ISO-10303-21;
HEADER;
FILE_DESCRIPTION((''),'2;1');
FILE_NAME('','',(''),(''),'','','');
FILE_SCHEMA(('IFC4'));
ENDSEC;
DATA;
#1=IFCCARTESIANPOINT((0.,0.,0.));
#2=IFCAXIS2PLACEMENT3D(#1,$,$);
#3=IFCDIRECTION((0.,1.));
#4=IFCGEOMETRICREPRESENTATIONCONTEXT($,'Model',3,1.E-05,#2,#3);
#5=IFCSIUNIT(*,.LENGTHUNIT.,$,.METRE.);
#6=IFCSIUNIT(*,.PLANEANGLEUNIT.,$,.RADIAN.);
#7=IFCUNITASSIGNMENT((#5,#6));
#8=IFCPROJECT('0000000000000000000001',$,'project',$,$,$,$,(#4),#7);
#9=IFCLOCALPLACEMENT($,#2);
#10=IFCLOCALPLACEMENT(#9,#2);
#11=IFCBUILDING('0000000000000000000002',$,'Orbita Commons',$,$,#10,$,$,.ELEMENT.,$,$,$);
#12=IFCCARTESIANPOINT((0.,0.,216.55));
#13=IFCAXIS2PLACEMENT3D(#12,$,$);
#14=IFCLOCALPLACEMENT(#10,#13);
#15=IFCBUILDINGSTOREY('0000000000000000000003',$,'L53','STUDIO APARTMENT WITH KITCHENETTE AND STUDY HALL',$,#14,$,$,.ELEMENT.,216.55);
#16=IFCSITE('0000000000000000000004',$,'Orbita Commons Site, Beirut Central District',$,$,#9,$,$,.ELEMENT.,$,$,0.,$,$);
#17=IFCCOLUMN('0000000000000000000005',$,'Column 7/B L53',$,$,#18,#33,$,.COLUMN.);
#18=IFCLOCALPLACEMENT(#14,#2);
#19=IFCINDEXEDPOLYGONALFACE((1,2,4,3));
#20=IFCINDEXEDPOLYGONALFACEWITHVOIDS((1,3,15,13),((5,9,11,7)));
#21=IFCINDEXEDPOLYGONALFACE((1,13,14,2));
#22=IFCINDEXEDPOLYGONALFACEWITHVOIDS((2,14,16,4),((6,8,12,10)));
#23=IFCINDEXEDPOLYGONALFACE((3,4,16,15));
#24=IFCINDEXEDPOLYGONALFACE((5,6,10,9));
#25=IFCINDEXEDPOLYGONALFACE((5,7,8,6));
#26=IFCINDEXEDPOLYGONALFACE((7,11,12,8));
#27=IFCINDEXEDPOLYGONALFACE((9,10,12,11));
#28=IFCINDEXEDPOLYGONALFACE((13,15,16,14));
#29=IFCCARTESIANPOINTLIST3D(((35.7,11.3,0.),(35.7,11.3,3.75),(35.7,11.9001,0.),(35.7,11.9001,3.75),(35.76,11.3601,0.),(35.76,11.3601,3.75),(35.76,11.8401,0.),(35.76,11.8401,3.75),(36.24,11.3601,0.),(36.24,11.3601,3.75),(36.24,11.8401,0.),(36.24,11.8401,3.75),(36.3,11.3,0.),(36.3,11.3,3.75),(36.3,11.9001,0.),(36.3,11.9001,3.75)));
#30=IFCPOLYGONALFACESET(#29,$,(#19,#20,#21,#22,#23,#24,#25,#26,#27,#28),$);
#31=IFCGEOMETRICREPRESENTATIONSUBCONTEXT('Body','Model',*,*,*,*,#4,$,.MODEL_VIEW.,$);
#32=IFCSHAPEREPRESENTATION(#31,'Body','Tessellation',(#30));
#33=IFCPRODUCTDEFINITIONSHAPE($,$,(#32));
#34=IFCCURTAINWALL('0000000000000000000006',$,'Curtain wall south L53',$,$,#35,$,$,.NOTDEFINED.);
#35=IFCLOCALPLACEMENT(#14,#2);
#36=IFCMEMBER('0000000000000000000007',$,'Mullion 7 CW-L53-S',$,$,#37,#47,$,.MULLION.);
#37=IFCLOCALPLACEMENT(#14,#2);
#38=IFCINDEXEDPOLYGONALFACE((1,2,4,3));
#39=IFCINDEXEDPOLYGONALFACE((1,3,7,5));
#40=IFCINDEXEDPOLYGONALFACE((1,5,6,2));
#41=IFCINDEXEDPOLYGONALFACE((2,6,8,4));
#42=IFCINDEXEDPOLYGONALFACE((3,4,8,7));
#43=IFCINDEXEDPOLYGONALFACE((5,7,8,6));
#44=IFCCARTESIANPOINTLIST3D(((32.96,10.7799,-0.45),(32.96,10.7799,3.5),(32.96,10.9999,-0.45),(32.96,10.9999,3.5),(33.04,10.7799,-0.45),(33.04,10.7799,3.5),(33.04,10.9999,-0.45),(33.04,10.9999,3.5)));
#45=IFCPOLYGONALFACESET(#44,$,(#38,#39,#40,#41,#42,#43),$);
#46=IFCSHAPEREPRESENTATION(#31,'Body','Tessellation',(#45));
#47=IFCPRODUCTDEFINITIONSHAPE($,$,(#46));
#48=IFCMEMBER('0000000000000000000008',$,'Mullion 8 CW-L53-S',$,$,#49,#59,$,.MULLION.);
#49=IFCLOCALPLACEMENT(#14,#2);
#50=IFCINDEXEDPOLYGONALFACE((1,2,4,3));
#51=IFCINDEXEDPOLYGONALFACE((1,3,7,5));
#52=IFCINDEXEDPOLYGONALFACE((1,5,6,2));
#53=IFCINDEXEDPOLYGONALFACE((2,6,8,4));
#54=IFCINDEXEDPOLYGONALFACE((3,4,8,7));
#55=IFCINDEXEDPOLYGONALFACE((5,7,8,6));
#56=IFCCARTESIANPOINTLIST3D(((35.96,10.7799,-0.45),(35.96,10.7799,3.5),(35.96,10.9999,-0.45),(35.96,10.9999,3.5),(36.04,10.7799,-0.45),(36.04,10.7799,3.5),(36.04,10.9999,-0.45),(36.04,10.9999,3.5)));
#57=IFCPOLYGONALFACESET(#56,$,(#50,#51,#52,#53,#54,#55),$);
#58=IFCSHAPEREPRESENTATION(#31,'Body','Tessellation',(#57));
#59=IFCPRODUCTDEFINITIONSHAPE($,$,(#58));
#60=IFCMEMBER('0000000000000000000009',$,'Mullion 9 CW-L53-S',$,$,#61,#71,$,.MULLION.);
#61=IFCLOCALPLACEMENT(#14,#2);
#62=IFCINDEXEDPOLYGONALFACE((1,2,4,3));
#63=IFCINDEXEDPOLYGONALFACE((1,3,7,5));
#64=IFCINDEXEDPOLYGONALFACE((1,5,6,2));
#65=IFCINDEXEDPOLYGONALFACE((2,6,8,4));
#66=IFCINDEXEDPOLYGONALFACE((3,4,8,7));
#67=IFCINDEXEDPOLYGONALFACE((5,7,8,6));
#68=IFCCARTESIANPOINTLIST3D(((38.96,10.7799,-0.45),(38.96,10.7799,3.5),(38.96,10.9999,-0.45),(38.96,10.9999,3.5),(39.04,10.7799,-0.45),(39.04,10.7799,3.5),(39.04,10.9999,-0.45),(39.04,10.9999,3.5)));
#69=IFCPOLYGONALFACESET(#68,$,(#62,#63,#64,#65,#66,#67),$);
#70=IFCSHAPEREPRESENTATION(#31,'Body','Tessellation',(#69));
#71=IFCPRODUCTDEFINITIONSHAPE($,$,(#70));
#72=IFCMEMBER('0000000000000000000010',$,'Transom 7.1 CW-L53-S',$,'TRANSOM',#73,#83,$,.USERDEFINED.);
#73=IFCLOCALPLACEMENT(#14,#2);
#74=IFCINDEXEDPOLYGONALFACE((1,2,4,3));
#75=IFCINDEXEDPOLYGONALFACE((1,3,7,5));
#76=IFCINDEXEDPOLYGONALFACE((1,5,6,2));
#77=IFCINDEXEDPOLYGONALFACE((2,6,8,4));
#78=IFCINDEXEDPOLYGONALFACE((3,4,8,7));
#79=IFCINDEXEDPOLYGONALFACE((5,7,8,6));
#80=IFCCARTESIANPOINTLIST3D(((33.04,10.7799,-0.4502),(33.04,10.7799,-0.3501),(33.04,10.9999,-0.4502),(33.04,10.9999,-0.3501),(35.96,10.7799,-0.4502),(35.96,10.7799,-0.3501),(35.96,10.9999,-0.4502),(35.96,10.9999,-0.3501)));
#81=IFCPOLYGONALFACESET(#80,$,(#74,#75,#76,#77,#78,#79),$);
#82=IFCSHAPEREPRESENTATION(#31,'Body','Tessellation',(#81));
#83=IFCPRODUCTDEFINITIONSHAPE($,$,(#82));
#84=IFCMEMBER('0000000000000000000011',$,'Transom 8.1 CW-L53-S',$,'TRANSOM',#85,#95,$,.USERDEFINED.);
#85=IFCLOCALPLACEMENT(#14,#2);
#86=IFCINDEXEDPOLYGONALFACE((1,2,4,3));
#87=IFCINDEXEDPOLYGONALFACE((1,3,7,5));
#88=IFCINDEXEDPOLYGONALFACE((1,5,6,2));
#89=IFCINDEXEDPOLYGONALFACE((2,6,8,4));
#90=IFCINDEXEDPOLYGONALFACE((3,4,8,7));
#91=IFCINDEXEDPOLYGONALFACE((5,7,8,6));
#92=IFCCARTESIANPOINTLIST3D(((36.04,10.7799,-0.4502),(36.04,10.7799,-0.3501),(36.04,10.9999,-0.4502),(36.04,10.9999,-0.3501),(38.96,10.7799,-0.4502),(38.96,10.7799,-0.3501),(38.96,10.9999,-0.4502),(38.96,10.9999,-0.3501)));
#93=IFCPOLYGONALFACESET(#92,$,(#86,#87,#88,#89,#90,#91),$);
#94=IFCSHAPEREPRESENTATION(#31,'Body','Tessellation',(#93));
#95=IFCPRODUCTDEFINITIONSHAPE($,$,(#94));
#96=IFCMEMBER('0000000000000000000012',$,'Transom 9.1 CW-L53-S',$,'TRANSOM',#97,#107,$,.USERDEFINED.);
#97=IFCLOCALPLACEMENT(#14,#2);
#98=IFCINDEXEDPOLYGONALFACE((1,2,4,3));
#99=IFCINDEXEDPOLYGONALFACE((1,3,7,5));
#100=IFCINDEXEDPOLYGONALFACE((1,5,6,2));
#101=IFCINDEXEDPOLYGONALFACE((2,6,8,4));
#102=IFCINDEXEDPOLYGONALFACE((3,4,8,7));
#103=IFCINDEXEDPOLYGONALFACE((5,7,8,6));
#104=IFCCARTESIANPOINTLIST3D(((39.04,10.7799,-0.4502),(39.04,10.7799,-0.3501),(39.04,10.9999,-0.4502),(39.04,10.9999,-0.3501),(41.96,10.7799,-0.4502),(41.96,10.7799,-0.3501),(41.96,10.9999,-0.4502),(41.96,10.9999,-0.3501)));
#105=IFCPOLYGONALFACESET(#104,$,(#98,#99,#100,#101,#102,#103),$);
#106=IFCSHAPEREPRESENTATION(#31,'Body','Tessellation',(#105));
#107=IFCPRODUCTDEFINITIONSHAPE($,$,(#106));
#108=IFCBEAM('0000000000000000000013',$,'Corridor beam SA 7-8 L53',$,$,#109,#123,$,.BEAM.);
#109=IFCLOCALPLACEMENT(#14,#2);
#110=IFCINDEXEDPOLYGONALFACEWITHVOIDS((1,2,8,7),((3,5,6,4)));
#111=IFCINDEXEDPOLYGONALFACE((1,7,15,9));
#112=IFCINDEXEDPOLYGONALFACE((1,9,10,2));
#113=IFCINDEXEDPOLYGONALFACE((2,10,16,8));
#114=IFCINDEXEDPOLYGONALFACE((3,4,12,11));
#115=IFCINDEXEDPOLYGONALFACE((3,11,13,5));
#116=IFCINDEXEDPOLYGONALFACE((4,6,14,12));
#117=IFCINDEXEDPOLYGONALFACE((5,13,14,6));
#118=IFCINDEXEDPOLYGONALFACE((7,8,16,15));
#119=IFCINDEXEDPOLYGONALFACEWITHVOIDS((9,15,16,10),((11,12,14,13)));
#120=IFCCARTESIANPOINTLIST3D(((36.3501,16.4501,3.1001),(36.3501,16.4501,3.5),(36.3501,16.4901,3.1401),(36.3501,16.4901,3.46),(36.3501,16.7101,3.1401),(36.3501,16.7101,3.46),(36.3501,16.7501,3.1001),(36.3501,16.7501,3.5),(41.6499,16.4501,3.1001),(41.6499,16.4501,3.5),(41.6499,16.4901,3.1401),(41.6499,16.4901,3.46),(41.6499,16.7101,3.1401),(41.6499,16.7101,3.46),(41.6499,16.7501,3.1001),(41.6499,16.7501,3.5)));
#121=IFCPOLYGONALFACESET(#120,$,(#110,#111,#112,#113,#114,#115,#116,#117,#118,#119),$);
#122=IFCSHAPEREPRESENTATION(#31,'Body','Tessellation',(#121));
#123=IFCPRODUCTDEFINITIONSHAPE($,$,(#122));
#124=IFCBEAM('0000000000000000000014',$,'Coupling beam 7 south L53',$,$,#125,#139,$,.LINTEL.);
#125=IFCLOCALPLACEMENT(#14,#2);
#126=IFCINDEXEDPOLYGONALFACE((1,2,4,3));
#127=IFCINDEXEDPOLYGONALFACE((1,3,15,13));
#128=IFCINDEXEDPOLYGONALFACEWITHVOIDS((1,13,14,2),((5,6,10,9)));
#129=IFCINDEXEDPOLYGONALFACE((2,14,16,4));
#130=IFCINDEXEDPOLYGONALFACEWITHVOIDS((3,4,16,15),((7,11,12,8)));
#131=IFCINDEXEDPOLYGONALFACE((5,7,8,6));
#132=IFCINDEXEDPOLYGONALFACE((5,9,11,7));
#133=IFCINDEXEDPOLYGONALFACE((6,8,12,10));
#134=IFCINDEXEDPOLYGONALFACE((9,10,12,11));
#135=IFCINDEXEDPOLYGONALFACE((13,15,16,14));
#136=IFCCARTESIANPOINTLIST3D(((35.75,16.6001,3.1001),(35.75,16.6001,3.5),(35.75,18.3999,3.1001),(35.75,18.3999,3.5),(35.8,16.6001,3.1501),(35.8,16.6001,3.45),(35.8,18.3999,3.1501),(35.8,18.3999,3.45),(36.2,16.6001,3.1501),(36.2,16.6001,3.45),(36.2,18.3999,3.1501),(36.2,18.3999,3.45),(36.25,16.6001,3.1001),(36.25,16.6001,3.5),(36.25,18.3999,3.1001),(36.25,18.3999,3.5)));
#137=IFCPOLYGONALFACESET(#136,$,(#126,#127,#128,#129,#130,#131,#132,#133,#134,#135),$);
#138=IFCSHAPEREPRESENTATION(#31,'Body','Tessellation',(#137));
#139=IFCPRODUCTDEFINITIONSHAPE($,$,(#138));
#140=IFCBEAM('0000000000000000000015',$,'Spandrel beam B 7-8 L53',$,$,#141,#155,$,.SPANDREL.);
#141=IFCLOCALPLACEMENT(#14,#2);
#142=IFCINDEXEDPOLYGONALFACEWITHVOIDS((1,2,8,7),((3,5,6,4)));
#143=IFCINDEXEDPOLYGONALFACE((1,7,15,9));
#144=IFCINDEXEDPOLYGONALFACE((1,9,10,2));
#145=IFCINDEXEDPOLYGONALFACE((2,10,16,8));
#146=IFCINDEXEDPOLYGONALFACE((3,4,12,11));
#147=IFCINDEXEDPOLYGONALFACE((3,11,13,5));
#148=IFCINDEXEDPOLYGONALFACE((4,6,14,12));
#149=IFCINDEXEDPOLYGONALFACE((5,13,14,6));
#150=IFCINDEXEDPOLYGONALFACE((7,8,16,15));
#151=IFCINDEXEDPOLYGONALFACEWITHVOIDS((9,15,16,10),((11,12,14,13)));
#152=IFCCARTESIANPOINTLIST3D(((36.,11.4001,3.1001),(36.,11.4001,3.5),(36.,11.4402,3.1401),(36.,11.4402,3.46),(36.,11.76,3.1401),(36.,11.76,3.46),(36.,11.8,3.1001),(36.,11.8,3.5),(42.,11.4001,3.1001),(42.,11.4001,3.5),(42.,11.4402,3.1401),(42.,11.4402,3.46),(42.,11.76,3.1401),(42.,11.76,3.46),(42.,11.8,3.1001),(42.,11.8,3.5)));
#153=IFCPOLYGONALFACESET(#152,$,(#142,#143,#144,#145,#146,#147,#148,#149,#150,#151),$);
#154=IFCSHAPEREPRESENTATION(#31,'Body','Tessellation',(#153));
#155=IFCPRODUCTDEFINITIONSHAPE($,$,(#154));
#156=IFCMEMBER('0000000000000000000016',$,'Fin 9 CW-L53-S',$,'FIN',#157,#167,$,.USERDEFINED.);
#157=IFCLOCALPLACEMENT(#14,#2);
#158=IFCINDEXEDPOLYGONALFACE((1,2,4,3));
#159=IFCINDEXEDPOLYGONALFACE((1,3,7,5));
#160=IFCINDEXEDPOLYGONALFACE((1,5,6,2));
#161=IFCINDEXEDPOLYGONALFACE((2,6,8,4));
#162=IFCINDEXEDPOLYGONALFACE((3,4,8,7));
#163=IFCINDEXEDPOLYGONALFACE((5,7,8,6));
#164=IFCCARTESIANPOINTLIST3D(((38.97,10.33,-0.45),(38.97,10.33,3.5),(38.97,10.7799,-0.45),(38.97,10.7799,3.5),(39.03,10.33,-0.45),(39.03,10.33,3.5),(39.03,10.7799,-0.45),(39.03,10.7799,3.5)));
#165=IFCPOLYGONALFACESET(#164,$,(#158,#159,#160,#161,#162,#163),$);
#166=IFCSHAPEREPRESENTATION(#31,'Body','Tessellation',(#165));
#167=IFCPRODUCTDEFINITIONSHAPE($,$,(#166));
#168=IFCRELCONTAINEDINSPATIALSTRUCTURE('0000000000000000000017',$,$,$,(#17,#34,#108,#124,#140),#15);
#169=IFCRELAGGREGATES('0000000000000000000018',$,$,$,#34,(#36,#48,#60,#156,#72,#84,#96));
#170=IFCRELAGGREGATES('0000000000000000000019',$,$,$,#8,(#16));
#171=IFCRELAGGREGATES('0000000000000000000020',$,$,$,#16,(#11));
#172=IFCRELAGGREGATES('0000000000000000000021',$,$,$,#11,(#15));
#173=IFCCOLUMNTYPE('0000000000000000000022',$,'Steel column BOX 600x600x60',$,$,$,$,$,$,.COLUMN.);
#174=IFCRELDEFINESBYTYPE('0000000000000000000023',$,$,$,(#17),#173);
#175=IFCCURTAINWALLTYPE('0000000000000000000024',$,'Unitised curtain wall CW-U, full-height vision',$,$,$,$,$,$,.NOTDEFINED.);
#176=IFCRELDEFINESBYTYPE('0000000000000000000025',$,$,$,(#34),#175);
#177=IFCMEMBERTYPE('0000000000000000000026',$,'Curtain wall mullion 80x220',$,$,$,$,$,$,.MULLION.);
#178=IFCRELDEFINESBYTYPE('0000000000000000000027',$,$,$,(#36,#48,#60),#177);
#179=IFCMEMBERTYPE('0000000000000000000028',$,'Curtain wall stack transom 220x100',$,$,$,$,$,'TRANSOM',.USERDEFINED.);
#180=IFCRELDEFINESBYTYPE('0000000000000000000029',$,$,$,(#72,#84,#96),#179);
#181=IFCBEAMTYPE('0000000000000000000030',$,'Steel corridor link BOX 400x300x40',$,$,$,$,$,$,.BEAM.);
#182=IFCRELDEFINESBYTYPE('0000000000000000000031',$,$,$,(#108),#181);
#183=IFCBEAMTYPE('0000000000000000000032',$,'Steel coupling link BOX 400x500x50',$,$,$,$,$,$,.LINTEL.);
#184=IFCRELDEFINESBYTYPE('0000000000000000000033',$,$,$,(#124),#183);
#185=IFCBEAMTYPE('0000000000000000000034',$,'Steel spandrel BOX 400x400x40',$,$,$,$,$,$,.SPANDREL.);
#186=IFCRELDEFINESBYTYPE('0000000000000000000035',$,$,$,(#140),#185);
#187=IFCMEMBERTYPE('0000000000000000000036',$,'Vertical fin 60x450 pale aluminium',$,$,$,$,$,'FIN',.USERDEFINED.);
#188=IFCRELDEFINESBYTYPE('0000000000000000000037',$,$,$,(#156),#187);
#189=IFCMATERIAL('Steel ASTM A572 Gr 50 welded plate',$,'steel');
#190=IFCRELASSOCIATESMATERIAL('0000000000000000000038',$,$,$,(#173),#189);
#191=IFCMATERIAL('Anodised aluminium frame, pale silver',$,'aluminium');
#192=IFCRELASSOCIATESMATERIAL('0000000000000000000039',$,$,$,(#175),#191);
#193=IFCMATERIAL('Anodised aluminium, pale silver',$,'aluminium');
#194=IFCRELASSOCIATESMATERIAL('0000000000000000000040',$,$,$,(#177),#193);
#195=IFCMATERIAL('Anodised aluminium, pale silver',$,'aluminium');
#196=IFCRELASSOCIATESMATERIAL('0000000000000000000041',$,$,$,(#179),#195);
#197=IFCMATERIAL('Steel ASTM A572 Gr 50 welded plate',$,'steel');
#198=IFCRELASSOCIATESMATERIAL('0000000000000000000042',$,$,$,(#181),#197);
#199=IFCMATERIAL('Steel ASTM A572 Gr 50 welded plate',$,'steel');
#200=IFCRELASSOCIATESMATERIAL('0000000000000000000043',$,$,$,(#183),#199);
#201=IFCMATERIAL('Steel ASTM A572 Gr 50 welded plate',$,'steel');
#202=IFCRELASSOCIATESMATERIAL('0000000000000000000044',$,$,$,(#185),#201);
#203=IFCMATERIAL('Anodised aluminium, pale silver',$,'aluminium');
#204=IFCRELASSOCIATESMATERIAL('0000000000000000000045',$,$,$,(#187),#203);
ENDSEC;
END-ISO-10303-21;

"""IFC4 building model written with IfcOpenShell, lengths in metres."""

from ifc_helpers import new_model, si_unit, direction, frame, origin, origin_2d, place, context, subcontext, project, spatial, rectangle, hollow_rectangle, extrude, material, material_profile, profile_set, type_object, element, aggregate, save


model = new_model("IFC4")

# Units and contexts
model_context = context("Model", 3, precision=1e-05, world=origin(), true_north=direction((0.0, 1.0)))
body_context = subcontext(model_context, "Body", "Model", "MODEL_VIEW")
ifc_project = project(units=[si_unit("LENGTHUNIT", "METRE"), si_unit("PLANEANGLEUNIT", "RADIAN")], contexts=[model_context])

# Site, building, storey
site_placement = place(None, origin())
site = spatial("IfcSite", under=ifc_project, at=site_placement, Name="Orbita Commons Site, Beirut Central District", CompositionType="ELEMENT", RefElevation=0.0)
building_placement = place(site_placement, origin())
building = spatial("IfcBuilding", under=site, at=building_placement, Name="Orbita Commons", CompositionType="ELEMENT")
storey_placement = place(building_placement, frame((0.0, 0.0, 216.55)))
storey = spatial("IfcBuildingStorey", under=building, at=storey_placement, Name="L53", Description="STUDIO APARTMENT WITH KITCHENETTE AND STUDY HALL", CompositionType="ELEMENT", Elevation=216.55)

# Column
ifc_material_1 = material(Name="Steel ASTM A572 Gr 50 welded plate", Category="steel")
ifc_material_profile_1 = material_profile(ifc_material_1, hollow_rectangle(XDim=0.6001, YDim=0.6001, WallThickness=0.0601, at=origin_2d()), Name="BOX 600x600x60")
ifc_profile_set_1 = profile_set([ifc_material_profile_1], Name="Steel ASTM A572 Gr 50 welded plate")
column_type = type_object("IfcColumnType", Name="Steel column BOX 600x600x60", PredefinedType="COLUMN", material=ifc_profile_set_1)
column_placement = place(storey_placement, frame((36.0, 11.6001, 0.0), z_axis=(0.0, 0.0, 1.0), x_axis=(1.0, 0.0, 0.0)))
element("IfcColumn", 1, at=column_placement, inside=storey, type_object=column_type, Name="Column 7/B L53", PredefinedType="COLUMN", context=body_context, shape_type="SweptSolid", body=[
    extrude(hollow_rectangle(XDim=0.6001, YDim=0.6001, WallThickness=0.0601, at=origin_2d()), origin(), (0.0, 0.0, 1.0), 3.75),
])

# Curtain wall, members
ifc_material_2 = material(Name="Anodised aluminium frame, pale silver", Category="aluminium")
curtain_wall_type = type_object("IfcCurtainWallType", Name="Unitised curtain wall CW-U, full-height vision", PredefinedType="NOTDEFINED", material=ifc_material_2)
curtain_wall_placement = place(storey_placement, origin())
curtain_wall = element("IfcCurtainWall", 2, at=curtain_wall_placement, inside=storey, type_object=curtain_wall_type, Name="Curtain wall south L53", PredefinedType="NOTDEFINED")
ifc_material_3 = material(Name="Anodised aluminium, pale silver", Category="aluminium")
ifc_material_profile_2 = material_profile(ifc_material_3, rectangle(XDim=0.0801, YDim=0.22, at=origin_2d()), Name="AL 80x220")
ifc_profile_set_2 = profile_set([ifc_material_profile_2], Name="Anodised aluminium, pale silver")
member_type_1 = type_object("IfcMemberType", Name="Curtain wall mullion 80x220", PredefinedType="MULLION", material=ifc_profile_set_2)
member_1_placement = place(storey_placement, frame((33.0, 10.8899, -0.45), z_axis=(0.0, 0.0, 1.0), x_axis=(1.0, 0.0, 0.0)))
member_1 = element("IfcMember", 3, at=member_1_placement, type_object=member_type_1, Name="Mullion 7 CW-L53-S", PredefinedType="MULLION", context=body_context, shape_type="SweptSolid", body=[
    extrude(rectangle(XDim=0.0801, YDim=0.22, at=origin_2d()), origin(), (0.0, 0.0, 1.0), 3.95),
])
member_2_placement = place(storey_placement, frame((36.0, 10.8899, -0.45), z_axis=(0.0, 0.0, 1.0), x_axis=(1.0, 0.0, 0.0)))
member_2 = element("IfcMember", 4, at=member_2_placement, type_object=member_type_1, Name="Mullion 8 CW-L53-S", PredefinedType="MULLION", context=body_context, shape_type="SweptSolid", body=[
    extrude(rectangle(XDim=0.0801, YDim=0.22, at=origin_2d()), origin(), (0.0, 0.0, 1.0), 3.95),
])
member_3_placement = place(storey_placement, frame((39.0, 10.8899, -0.45), z_axis=(0.0, 0.0, 1.0), x_axis=(1.0, 0.0, 0.0)))
member_3 = element("IfcMember", 5, at=member_3_placement, type_object=member_type_1, Name="Mullion 9 CW-L53-S", PredefinedType="MULLION", context=body_context, shape_type="SweptSolid", body=[
    extrude(rectangle(XDim=0.0801, YDim=0.22, at=origin_2d()), origin(), (0.0, 0.0, 1.0), 3.95),
])
ifc_material_4 = material(Name="Anodised aluminium, pale silver", Category="aluminium")
ifc_material_profile_3 = material_profile(ifc_material_4, rectangle(XDim=0.22, YDim=0.1001, at=origin_2d()), Name="AL 220x100")
ifc_profile_set_3 = profile_set([ifc_material_profile_3], Name="Anodised aluminium, pale silver")
member_type_2 = type_object("IfcMemberType", Name="Curtain wall stack transom 220x100", ElementType="TRANSOM", PredefinedType="USERDEFINED", material=ifc_profile_set_3)
member_4_placement = place(storey_placement, frame((33.04, 10.8899, -0.4001), z_axis=(1.0, 0.0, 0.0), x_axis=(0.0, 1.0, 0.0)))
member_4 = element("IfcMember", 6, at=member_4_placement, type_object=member_type_2, Name="Transom 7.1 CW-L53-S", ObjectType="TRANSOM", PredefinedType="USERDEFINED", context=body_context, shape_type="SweptSolid", body=[
    extrude(rectangle(XDim=0.22, YDim=0.1001, at=origin_2d()), origin(), (0.0, 0.0, 1.0), 2.9199),
])
member_5_placement = place(storey_placement, frame((36.04, 10.8899, -0.4001), z_axis=(1.0, 0.0, 0.0), x_axis=(0.0, 1.0, 0.0)))
member_5 = element("IfcMember", 7, at=member_5_placement, type_object=member_type_2, Name="Transom 8.1 CW-L53-S", ObjectType="TRANSOM", PredefinedType="USERDEFINED", context=body_context, shape_type="SweptSolid", body=[
    extrude(rectangle(XDim=0.22, YDim=0.1001, at=origin_2d()), origin(), (0.0, 0.0, 1.0), 2.9199),
])
member_6_placement = place(storey_placement, frame((39.04, 10.8899, -0.4001), z_axis=(1.0, 0.0, 0.0), x_axis=(0.0, 1.0, 0.0)))
member_6 = element("IfcMember", 8, at=member_6_placement, type_object=member_type_2, Name="Transom 9.1 CW-L53-S", ObjectType="TRANSOM", PredefinedType="USERDEFINED", context=body_context, shape_type="SweptSolid", body=[
    extrude(rectangle(XDim=0.22, YDim=0.1001, at=origin_2d()), origin(), (0.0, 0.0, 1.0), 2.9199),
])

# Beams
ifc_material_5 = material(Name="Steel ASTM A572 Gr 50 welded plate", Category="steel")
ifc_material_profile_4 = material_profile(ifc_material_5, hollow_rectangle(XDim=0.3, YDim=0.3999, WallThickness=0.04, at=origin_2d()), Name="BOX 400x300x40")
ifc_profile_set_4 = profile_set([ifc_material_profile_4], Name="Steel ASTM A572 Gr 50 welded plate")
beam_type_1 = type_object("IfcBeamType", Name="Steel corridor link BOX 400x300x40", PredefinedType="BEAM", material=ifc_profile_set_4)
beam_1_placement = place(storey_placement, frame((36.3501, 16.6001, 3.3), z_axis=(1.0, 0.0, 0.0), x_axis=(0.0, 1.0, 0.0)))
element("IfcBeam", 9, at=beam_1_placement, inside=storey, type_object=beam_type_1, Name="Corridor beam SA 7-8 L53", PredefinedType="BEAM", context=body_context, shape_type="SweptSolid", body=[
    extrude(hollow_rectangle(XDim=0.3, YDim=0.3999, WallThickness=0.04, at=origin_2d()), origin(), (0.0, 0.0, 1.0), 5.2998),
])
ifc_material_6 = material(Name="Steel ASTM A572 Gr 50 welded plate", Category="steel")
ifc_material_profile_5 = material_profile(ifc_material_6, hollow_rectangle(XDim=0.5, YDim=0.3999, WallThickness=0.05, at=origin_2d()), Name="BOX 400x500x50")
ifc_profile_set_5 = profile_set([ifc_material_profile_5], Name="Steel ASTM A572 Gr 50 welded plate")
beam_type_2 = type_object("IfcBeamType", Name="Steel coupling link BOX 400x500x50", PredefinedType="LINTEL", material=ifc_profile_set_5)
beam_2_placement = place(storey_placement, frame((36.0, 16.6001, 3.3), z_axis=(0.0, 1.0, 0.0), x_axis=(-1.0, 0.0, 0.0)))
element("IfcBeam", 10, at=beam_2_placement, inside=storey, type_object=beam_type_2, Name="Coupling beam 7 south L53", PredefinedType="LINTEL", context=body_context, shape_type="SweptSolid", body=[
    extrude(hollow_rectangle(XDim=0.5, YDim=0.3999, WallThickness=0.05, at=origin_2d()), origin(), (0.0, 0.0, 1.0), 1.7998),
])
ifc_material_7 = material(Name="Steel ASTM A572 Gr 50 welded plate", Category="steel")
ifc_material_profile_6 = material_profile(ifc_material_7, hollow_rectangle(XDim=0.3999, YDim=0.3999, WallThickness=0.04, at=origin_2d()), Name="BOX 400x400x40")
ifc_profile_set_6 = profile_set([ifc_material_profile_6], Name="Steel ASTM A572 Gr 50 welded plate")
beam_type_3 = type_object("IfcBeamType", Name="Steel spandrel BOX 400x400x40", PredefinedType="SPANDREL", material=ifc_profile_set_6)
beam_3_placement = place(storey_placement, frame((36.0, 11.6001, 3.3), z_axis=(1.0, 0.0, 0.0), x_axis=(0.0, 1.0, 0.0)))
element("IfcBeam", 11, at=beam_3_placement, inside=storey, type_object=beam_type_3, Name="Spandrel beam B 7-8 L53", PredefinedType="SPANDREL", context=body_context, shape_type="SweptSolid", body=[
    extrude(hollow_rectangle(XDim=0.3999, YDim=0.3999, WallThickness=0.04, at=origin_2d()), origin(), (0.0, 0.0, 1.0), 6.0),
])

# Member
ifc_material_8 = material(Name="Anodised aluminium, pale silver", Category="aluminium")
ifc_material_profile_7 = material_profile(ifc_material_8, rectangle(XDim=0.0601, YDim=0.45, at=origin_2d()), Name="FIN 60x450")
ifc_profile_set_7 = profile_set([ifc_material_profile_7], Name="Anodised aluminium, pale silver")
member_type_3 = type_object("IfcMemberType", Name="Vertical fin 60x450 pale aluminium", ElementType="FIN", PredefinedType="USERDEFINED", material=ifc_profile_set_7)
member_7_placement = place(storey_placement, frame((39.0, 10.5549, -0.45), z_axis=(0.0, 0.0, 1.0), x_axis=(1.0, 0.0, 0.0)))
member_7 = element("IfcMember", 12, at=member_7_placement, type_object=member_type_3, Name="Fin 9 CW-L53-S", ObjectType="FIN", PredefinedType="USERDEFINED", context=body_context, shape_type="SweptSolid", body=[
    extrude(rectangle(XDim=0.0601, YDim=0.45, at=origin_2d()), origin(), (0.0, 0.0, 1.0), 3.95),
])

aggregate(curtain_wall, [member_1, member_2, member_3, member_7, member_4, member_5, member_6])

save(model, "model.ifc")
